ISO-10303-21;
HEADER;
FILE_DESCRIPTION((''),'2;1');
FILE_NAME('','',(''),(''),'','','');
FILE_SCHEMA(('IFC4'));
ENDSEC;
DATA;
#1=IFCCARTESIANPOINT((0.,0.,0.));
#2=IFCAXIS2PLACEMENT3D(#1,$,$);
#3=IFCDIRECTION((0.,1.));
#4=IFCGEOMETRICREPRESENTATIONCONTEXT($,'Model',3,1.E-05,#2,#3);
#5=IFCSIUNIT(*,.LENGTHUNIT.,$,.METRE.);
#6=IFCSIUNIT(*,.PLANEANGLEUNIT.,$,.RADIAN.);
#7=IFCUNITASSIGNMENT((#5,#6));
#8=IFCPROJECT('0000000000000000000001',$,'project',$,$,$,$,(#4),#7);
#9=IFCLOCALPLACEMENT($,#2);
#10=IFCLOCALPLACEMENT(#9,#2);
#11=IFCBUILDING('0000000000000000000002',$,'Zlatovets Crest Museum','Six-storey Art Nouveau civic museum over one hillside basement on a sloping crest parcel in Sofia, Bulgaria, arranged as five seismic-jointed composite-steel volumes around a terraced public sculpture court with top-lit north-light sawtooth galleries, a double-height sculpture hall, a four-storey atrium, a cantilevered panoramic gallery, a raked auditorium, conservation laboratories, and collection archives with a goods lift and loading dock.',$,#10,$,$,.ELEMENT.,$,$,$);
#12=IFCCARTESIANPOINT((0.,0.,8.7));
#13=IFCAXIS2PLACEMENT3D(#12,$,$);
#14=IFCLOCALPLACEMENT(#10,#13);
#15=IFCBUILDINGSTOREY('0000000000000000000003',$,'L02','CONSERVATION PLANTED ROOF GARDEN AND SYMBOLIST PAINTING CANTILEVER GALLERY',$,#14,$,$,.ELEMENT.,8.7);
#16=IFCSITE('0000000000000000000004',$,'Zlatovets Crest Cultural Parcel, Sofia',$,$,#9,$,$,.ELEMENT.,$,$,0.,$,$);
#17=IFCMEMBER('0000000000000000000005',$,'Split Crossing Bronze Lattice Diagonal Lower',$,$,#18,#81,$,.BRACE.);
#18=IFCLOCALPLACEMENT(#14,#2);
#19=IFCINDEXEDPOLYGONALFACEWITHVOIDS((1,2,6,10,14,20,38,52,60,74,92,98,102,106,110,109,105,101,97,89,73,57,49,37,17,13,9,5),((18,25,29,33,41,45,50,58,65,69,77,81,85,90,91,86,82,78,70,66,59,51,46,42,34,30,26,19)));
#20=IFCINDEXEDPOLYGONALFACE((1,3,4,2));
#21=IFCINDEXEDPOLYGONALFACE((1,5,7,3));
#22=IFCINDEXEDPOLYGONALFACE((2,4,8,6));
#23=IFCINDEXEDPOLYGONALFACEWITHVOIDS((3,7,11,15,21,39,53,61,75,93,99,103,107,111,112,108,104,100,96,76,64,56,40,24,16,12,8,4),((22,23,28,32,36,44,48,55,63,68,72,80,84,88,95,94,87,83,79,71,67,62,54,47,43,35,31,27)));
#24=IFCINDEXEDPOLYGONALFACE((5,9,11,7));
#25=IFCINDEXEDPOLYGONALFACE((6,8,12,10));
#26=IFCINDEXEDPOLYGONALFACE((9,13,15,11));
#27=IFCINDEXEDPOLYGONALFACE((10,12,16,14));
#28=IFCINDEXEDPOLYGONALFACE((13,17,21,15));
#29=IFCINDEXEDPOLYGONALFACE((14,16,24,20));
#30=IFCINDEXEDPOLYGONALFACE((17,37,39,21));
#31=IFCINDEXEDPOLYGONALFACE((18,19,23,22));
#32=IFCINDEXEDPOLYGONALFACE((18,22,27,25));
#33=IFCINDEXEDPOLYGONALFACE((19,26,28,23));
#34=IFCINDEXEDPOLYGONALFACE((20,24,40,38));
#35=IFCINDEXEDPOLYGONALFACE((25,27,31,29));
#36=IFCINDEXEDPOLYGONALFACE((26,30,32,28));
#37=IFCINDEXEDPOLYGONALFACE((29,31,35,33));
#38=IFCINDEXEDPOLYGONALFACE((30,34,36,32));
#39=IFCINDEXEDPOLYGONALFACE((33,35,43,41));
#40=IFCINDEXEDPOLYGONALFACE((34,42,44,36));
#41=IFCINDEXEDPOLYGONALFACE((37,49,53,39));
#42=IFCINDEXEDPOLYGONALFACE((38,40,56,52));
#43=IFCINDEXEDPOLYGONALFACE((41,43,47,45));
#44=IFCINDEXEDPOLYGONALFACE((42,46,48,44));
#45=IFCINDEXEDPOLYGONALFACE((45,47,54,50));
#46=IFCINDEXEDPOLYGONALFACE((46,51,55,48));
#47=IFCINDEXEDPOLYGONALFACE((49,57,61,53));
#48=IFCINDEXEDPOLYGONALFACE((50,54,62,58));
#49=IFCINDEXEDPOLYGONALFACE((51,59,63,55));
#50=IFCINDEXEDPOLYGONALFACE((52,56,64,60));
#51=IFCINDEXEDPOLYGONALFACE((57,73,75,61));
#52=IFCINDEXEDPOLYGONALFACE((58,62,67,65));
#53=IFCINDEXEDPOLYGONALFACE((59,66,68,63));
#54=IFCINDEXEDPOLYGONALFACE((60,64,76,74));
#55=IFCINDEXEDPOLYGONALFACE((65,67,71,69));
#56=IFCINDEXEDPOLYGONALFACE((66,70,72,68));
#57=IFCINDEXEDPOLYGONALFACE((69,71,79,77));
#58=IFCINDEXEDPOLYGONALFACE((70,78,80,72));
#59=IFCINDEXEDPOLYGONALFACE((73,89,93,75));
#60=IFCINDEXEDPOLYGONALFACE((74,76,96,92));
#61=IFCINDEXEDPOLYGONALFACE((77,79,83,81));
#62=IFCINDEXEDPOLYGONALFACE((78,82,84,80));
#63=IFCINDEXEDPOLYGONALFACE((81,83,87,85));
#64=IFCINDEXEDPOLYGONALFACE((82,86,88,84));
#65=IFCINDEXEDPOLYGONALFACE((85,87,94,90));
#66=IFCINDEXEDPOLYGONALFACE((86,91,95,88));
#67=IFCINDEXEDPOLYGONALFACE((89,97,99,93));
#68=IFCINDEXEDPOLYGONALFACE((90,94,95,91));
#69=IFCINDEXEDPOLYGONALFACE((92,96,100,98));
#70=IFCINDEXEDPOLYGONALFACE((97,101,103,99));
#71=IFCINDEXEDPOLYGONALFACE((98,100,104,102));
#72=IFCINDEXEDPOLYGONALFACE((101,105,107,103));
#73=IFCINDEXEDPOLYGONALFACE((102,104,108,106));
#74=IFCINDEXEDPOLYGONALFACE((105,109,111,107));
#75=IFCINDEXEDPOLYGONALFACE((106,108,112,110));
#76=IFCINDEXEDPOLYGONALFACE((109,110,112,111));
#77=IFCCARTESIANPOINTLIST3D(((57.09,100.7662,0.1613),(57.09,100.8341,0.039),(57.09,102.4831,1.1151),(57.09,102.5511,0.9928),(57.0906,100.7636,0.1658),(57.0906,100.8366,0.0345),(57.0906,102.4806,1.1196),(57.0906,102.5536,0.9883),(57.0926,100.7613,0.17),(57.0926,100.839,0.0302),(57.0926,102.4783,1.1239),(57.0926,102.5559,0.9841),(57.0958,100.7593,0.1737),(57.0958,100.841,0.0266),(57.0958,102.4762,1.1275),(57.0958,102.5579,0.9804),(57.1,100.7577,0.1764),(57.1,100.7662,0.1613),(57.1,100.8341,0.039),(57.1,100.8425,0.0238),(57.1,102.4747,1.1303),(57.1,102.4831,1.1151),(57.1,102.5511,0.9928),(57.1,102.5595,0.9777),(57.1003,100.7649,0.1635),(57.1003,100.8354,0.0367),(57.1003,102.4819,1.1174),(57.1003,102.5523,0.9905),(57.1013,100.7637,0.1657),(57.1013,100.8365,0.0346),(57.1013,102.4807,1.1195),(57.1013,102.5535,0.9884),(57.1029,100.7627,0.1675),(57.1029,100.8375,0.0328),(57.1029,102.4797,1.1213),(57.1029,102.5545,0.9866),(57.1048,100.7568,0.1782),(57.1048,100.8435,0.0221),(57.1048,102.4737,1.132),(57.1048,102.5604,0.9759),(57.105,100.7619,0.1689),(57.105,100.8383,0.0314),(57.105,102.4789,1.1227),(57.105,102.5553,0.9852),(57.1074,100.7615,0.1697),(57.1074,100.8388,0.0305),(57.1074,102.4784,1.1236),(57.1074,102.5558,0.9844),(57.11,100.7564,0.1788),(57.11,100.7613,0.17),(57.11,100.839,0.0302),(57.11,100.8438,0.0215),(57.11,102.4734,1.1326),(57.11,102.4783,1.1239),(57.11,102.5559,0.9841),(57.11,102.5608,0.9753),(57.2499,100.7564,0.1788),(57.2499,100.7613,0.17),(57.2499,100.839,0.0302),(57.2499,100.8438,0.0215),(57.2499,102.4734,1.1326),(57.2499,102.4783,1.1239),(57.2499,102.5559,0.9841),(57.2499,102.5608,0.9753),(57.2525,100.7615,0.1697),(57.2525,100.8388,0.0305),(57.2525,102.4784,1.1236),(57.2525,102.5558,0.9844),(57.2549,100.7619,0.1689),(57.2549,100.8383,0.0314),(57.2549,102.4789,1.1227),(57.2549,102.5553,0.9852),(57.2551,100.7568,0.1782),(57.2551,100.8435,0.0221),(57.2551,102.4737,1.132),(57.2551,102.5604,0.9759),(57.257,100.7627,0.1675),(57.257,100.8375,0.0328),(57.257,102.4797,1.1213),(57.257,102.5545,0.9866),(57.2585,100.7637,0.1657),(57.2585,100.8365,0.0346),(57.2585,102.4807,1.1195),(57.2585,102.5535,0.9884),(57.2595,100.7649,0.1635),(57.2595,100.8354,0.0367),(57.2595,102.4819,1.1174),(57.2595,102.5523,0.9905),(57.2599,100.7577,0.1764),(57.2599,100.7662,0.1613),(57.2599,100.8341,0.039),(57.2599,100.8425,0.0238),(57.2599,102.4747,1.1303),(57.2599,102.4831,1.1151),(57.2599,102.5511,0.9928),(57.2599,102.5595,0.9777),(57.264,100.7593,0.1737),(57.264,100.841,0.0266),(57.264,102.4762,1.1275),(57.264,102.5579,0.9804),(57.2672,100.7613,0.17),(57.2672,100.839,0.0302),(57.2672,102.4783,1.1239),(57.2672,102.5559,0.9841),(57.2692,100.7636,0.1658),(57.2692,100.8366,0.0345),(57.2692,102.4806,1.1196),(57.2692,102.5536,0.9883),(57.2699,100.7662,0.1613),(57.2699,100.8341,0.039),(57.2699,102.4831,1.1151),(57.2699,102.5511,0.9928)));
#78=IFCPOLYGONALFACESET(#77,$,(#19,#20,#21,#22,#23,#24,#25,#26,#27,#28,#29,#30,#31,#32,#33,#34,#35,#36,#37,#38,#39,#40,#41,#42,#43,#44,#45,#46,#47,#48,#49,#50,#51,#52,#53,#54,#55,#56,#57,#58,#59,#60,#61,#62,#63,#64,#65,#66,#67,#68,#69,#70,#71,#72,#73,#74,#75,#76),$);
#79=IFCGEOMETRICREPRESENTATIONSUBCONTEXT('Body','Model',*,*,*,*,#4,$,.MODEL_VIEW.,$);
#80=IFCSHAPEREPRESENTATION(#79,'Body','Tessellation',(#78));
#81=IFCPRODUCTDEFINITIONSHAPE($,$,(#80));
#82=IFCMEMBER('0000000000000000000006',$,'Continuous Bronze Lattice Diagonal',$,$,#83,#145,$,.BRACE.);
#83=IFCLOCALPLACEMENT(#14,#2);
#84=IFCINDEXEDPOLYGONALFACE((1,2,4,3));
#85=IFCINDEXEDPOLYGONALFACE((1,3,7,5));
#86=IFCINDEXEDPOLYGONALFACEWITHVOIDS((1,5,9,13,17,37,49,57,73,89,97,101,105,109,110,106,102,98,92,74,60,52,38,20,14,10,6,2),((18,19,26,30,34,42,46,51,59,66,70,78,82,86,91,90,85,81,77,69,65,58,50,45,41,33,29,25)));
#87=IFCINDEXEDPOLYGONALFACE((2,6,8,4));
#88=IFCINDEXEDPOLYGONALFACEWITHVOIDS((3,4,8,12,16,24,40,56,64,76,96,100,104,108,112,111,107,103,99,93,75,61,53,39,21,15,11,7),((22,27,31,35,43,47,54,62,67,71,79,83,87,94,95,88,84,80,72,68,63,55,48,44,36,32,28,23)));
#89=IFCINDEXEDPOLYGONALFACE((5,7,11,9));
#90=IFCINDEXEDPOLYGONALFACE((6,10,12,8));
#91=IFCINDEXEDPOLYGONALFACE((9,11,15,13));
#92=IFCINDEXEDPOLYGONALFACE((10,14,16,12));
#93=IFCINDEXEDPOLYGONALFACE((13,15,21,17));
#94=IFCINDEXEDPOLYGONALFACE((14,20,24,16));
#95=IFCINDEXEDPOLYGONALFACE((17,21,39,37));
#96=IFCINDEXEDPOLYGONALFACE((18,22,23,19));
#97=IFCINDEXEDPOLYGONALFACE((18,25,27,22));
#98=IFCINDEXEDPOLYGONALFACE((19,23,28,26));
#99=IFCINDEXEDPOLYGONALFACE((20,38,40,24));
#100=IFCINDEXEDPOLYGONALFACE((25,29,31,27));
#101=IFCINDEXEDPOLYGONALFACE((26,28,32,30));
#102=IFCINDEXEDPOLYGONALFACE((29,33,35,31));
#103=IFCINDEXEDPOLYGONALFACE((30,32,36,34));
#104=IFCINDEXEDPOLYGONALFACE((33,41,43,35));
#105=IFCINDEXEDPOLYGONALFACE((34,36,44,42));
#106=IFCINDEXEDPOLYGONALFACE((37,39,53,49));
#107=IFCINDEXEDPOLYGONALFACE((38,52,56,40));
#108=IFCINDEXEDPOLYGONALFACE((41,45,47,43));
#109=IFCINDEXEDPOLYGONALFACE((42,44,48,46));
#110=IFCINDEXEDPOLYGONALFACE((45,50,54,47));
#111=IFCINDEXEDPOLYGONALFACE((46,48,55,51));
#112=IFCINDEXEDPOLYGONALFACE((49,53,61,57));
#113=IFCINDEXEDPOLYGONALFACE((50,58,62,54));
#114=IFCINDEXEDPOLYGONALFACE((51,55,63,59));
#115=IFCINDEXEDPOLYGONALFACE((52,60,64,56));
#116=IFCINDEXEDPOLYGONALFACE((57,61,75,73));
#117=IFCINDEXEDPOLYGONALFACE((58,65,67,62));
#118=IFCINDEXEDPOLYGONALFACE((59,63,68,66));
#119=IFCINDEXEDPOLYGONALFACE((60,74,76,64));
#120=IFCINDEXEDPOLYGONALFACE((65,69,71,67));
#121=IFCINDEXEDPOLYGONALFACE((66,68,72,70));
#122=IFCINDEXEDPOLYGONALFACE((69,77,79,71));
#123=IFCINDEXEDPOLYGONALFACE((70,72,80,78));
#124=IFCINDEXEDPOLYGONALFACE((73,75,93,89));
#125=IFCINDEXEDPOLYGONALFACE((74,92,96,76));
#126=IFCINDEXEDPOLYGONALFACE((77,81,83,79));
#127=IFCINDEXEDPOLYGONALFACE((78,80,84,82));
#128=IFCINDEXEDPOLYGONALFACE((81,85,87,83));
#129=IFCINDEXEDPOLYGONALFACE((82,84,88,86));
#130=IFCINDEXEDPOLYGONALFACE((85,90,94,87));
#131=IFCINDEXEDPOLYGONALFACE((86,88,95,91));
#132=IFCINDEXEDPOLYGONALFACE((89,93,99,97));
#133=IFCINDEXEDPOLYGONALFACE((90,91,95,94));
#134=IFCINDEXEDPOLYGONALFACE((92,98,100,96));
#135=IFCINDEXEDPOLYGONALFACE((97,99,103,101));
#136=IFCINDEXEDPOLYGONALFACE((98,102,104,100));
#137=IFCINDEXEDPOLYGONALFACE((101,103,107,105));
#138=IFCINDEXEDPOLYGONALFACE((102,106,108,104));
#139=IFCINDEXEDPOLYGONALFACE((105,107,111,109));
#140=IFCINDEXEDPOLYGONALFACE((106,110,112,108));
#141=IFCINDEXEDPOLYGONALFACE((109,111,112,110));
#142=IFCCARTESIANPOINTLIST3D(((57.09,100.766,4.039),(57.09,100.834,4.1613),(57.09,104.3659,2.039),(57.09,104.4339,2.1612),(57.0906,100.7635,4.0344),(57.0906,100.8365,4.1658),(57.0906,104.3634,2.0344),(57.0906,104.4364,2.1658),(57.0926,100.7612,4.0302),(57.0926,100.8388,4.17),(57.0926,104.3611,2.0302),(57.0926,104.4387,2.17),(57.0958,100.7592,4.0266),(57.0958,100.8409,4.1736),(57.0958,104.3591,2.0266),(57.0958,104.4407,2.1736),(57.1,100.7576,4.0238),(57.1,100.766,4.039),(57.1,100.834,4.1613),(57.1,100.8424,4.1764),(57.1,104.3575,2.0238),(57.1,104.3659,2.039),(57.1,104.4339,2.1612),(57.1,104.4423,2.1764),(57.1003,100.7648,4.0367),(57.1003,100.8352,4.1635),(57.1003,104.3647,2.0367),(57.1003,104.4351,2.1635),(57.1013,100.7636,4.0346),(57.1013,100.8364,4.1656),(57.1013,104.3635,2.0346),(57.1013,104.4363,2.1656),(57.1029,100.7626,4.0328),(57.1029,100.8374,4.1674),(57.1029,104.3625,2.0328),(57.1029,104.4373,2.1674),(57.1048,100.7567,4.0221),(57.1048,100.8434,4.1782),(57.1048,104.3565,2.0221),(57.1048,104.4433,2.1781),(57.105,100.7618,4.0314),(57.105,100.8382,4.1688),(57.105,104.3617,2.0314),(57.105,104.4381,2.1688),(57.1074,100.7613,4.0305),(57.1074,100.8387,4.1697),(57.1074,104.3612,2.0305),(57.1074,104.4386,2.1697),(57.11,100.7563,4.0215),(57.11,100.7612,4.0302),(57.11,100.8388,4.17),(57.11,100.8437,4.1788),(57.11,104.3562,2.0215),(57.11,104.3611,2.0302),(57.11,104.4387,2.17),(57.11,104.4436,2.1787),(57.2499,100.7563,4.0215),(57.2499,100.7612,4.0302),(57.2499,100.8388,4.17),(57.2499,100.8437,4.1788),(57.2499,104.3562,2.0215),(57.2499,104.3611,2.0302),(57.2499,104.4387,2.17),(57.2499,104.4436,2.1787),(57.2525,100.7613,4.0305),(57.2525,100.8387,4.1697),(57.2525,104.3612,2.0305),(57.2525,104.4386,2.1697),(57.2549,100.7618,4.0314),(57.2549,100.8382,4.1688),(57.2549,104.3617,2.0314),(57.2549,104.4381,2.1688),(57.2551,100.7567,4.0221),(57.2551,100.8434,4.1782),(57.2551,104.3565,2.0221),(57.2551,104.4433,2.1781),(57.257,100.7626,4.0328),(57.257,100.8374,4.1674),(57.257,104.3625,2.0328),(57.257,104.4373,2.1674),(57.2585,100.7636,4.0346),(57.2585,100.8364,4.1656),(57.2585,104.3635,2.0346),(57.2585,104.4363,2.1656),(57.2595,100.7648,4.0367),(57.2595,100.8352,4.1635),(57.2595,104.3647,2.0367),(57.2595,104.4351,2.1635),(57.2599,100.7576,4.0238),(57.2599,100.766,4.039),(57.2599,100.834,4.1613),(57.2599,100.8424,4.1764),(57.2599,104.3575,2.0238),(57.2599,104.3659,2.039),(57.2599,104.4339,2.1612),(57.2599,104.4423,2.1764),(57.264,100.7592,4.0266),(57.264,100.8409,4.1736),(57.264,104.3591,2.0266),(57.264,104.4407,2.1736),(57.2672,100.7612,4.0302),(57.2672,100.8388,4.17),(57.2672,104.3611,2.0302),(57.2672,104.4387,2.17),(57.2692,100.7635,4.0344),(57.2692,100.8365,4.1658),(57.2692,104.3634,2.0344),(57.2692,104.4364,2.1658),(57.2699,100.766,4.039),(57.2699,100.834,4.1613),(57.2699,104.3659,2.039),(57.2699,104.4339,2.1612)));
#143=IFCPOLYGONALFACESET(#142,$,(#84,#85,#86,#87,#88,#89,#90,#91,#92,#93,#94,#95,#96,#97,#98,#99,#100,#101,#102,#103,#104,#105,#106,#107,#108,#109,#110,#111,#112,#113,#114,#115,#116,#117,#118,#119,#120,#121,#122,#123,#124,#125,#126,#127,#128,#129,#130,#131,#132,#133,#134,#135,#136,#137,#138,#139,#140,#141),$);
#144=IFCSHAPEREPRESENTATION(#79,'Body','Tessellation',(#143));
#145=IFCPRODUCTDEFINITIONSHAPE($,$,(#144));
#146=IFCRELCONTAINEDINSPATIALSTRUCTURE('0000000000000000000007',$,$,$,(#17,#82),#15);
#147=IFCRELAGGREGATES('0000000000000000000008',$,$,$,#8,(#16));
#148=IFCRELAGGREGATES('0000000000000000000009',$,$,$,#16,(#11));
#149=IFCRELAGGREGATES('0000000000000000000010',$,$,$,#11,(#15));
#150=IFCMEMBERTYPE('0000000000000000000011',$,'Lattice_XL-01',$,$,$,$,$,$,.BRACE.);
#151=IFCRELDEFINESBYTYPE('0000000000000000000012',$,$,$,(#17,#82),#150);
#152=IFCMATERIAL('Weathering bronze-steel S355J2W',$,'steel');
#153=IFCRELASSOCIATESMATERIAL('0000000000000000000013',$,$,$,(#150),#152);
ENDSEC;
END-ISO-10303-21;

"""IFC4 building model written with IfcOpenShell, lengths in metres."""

from ifc_helpers import new_model, si_unit, direction, frame, origin, origin_2d, place, context, subcontext, project, spatial, hollow_rectangle, extrude, material, material_profile, profile_set, type_object, element, save


model = new_model("IFC4")

# Units and contexts
model_context = context("Model", 3, precision=1e-05, world=origin(), true_north=direction((0.0, 1.0)))
body_context = subcontext(model_context, "Body", "Model", "MODEL_VIEW")
ifc_project = project(units=[si_unit("LENGTHUNIT", "METRE"), si_unit("PLANEANGLEUNIT", "RADIAN")], contexts=[model_context])

# Site, building, storey
site_placement = place(None, origin())
site = spatial("IfcSite", under=ifc_project, at=site_placement, Name="Zlatovets Crest Cultural Parcel, Sofia", CompositionType="ELEMENT", RefElevation=0.0)
building_placement = place(site_placement, origin())
building = spatial("IfcBuilding", under=site, at=building_placement, Name="Zlatovets Crest Museum", Description="Six-storey Art Nouveau civic museum over one hillside basement on a sloping crest parcel in Sofia, Bulgaria, arranged as five seismic-jointed composite-steel volumes around a terraced public sculpture court with top-lit north-light sawtooth galleries, a double-height sculpture hall, a four-storey atrium, a cantilevered panoramic gallery, a raked auditorium, conservation laboratories, and collection archives with a goods lift and loading dock.", CompositionType="ELEMENT")
storey_placement = place(building_placement, frame((0.0, 0.0, 8.7)))
storey = spatial("IfcBuildingStorey", under=building, at=storey_placement, Name="L02", Description="CONSERVATION PLANTED ROOF GARDEN AND SYMBOLIST PAINTING CANTILEVER GALLERY", CompositionType="ELEMENT", Elevation=8.7)

# Members
ifc_material_1 = material(Name="Weathering bronze-steel S355J2W", Category="steel")
ifc_material_profile_1 = material_profile(ifc_material_1, hollow_rectangle(XDim=0.1799, YDim=0.1799, WallThickness=0.01, InnerFilletRadius=0.01, OuterFilletRadius=0.02, at=origin_2d()), Name="SHS 180x180x10.0")
ifc_profile_set_1 = profile_set([ifc_material_profile_1], Name="Weathering bronze-steel S355J2W")
member_type_1 = type_object("IfcMemberType", Name="Lattice_XL-01", PredefinedType="BRACE", material=ifc_profile_set_1)
member_1_placement = place(storey_placement, frame((57.1799, 102.5171, 1.054), z_axis=(0.0, -0.874169, -0.485622), x_axis=(1.0, 0.0, 0.0)))
element("IfcMember", 1, at=member_1_placement, inside=storey, type_object=member_type_1, Name="Split Crossing Bronze Lattice Diagonal Lower", PredefinedType="BRACE", context=body_context, shape_type="SweptSolid", body=[
    extrude(hollow_rectangle(XDim=0.1799, YDim=0.1799, WallThickness=0.01, InnerFilletRadius=0.01, OuterFilletRadius=0.02, at=origin_2d()), origin(), (0.0, 0.0, 1.0), 1.9641),
])
member_2_placement = place(storey_placement, frame((57.1799, 104.3999, 2.1001), z_axis=(0.0, -0.874149, 0.485658), x_axis=(1.0, 0.0, 0.0)))
element("IfcMember", 2, at=member_2_placement, inside=storey, type_object=member_type_1, Name="Continuous Bronze Lattice Diagonal", PredefinedType="BRACE", context=body_context, shape_type="SweptSolid", body=[
    extrude(hollow_rectangle(XDim=0.1799, YDim=0.1799, WallThickness=0.01, InnerFilletRadius=0.01, OuterFilletRadius=0.02, at=origin_2d()), origin(), (0.0, 0.0, 1.0), 4.1182),
])

save(model, "model.ifc")
